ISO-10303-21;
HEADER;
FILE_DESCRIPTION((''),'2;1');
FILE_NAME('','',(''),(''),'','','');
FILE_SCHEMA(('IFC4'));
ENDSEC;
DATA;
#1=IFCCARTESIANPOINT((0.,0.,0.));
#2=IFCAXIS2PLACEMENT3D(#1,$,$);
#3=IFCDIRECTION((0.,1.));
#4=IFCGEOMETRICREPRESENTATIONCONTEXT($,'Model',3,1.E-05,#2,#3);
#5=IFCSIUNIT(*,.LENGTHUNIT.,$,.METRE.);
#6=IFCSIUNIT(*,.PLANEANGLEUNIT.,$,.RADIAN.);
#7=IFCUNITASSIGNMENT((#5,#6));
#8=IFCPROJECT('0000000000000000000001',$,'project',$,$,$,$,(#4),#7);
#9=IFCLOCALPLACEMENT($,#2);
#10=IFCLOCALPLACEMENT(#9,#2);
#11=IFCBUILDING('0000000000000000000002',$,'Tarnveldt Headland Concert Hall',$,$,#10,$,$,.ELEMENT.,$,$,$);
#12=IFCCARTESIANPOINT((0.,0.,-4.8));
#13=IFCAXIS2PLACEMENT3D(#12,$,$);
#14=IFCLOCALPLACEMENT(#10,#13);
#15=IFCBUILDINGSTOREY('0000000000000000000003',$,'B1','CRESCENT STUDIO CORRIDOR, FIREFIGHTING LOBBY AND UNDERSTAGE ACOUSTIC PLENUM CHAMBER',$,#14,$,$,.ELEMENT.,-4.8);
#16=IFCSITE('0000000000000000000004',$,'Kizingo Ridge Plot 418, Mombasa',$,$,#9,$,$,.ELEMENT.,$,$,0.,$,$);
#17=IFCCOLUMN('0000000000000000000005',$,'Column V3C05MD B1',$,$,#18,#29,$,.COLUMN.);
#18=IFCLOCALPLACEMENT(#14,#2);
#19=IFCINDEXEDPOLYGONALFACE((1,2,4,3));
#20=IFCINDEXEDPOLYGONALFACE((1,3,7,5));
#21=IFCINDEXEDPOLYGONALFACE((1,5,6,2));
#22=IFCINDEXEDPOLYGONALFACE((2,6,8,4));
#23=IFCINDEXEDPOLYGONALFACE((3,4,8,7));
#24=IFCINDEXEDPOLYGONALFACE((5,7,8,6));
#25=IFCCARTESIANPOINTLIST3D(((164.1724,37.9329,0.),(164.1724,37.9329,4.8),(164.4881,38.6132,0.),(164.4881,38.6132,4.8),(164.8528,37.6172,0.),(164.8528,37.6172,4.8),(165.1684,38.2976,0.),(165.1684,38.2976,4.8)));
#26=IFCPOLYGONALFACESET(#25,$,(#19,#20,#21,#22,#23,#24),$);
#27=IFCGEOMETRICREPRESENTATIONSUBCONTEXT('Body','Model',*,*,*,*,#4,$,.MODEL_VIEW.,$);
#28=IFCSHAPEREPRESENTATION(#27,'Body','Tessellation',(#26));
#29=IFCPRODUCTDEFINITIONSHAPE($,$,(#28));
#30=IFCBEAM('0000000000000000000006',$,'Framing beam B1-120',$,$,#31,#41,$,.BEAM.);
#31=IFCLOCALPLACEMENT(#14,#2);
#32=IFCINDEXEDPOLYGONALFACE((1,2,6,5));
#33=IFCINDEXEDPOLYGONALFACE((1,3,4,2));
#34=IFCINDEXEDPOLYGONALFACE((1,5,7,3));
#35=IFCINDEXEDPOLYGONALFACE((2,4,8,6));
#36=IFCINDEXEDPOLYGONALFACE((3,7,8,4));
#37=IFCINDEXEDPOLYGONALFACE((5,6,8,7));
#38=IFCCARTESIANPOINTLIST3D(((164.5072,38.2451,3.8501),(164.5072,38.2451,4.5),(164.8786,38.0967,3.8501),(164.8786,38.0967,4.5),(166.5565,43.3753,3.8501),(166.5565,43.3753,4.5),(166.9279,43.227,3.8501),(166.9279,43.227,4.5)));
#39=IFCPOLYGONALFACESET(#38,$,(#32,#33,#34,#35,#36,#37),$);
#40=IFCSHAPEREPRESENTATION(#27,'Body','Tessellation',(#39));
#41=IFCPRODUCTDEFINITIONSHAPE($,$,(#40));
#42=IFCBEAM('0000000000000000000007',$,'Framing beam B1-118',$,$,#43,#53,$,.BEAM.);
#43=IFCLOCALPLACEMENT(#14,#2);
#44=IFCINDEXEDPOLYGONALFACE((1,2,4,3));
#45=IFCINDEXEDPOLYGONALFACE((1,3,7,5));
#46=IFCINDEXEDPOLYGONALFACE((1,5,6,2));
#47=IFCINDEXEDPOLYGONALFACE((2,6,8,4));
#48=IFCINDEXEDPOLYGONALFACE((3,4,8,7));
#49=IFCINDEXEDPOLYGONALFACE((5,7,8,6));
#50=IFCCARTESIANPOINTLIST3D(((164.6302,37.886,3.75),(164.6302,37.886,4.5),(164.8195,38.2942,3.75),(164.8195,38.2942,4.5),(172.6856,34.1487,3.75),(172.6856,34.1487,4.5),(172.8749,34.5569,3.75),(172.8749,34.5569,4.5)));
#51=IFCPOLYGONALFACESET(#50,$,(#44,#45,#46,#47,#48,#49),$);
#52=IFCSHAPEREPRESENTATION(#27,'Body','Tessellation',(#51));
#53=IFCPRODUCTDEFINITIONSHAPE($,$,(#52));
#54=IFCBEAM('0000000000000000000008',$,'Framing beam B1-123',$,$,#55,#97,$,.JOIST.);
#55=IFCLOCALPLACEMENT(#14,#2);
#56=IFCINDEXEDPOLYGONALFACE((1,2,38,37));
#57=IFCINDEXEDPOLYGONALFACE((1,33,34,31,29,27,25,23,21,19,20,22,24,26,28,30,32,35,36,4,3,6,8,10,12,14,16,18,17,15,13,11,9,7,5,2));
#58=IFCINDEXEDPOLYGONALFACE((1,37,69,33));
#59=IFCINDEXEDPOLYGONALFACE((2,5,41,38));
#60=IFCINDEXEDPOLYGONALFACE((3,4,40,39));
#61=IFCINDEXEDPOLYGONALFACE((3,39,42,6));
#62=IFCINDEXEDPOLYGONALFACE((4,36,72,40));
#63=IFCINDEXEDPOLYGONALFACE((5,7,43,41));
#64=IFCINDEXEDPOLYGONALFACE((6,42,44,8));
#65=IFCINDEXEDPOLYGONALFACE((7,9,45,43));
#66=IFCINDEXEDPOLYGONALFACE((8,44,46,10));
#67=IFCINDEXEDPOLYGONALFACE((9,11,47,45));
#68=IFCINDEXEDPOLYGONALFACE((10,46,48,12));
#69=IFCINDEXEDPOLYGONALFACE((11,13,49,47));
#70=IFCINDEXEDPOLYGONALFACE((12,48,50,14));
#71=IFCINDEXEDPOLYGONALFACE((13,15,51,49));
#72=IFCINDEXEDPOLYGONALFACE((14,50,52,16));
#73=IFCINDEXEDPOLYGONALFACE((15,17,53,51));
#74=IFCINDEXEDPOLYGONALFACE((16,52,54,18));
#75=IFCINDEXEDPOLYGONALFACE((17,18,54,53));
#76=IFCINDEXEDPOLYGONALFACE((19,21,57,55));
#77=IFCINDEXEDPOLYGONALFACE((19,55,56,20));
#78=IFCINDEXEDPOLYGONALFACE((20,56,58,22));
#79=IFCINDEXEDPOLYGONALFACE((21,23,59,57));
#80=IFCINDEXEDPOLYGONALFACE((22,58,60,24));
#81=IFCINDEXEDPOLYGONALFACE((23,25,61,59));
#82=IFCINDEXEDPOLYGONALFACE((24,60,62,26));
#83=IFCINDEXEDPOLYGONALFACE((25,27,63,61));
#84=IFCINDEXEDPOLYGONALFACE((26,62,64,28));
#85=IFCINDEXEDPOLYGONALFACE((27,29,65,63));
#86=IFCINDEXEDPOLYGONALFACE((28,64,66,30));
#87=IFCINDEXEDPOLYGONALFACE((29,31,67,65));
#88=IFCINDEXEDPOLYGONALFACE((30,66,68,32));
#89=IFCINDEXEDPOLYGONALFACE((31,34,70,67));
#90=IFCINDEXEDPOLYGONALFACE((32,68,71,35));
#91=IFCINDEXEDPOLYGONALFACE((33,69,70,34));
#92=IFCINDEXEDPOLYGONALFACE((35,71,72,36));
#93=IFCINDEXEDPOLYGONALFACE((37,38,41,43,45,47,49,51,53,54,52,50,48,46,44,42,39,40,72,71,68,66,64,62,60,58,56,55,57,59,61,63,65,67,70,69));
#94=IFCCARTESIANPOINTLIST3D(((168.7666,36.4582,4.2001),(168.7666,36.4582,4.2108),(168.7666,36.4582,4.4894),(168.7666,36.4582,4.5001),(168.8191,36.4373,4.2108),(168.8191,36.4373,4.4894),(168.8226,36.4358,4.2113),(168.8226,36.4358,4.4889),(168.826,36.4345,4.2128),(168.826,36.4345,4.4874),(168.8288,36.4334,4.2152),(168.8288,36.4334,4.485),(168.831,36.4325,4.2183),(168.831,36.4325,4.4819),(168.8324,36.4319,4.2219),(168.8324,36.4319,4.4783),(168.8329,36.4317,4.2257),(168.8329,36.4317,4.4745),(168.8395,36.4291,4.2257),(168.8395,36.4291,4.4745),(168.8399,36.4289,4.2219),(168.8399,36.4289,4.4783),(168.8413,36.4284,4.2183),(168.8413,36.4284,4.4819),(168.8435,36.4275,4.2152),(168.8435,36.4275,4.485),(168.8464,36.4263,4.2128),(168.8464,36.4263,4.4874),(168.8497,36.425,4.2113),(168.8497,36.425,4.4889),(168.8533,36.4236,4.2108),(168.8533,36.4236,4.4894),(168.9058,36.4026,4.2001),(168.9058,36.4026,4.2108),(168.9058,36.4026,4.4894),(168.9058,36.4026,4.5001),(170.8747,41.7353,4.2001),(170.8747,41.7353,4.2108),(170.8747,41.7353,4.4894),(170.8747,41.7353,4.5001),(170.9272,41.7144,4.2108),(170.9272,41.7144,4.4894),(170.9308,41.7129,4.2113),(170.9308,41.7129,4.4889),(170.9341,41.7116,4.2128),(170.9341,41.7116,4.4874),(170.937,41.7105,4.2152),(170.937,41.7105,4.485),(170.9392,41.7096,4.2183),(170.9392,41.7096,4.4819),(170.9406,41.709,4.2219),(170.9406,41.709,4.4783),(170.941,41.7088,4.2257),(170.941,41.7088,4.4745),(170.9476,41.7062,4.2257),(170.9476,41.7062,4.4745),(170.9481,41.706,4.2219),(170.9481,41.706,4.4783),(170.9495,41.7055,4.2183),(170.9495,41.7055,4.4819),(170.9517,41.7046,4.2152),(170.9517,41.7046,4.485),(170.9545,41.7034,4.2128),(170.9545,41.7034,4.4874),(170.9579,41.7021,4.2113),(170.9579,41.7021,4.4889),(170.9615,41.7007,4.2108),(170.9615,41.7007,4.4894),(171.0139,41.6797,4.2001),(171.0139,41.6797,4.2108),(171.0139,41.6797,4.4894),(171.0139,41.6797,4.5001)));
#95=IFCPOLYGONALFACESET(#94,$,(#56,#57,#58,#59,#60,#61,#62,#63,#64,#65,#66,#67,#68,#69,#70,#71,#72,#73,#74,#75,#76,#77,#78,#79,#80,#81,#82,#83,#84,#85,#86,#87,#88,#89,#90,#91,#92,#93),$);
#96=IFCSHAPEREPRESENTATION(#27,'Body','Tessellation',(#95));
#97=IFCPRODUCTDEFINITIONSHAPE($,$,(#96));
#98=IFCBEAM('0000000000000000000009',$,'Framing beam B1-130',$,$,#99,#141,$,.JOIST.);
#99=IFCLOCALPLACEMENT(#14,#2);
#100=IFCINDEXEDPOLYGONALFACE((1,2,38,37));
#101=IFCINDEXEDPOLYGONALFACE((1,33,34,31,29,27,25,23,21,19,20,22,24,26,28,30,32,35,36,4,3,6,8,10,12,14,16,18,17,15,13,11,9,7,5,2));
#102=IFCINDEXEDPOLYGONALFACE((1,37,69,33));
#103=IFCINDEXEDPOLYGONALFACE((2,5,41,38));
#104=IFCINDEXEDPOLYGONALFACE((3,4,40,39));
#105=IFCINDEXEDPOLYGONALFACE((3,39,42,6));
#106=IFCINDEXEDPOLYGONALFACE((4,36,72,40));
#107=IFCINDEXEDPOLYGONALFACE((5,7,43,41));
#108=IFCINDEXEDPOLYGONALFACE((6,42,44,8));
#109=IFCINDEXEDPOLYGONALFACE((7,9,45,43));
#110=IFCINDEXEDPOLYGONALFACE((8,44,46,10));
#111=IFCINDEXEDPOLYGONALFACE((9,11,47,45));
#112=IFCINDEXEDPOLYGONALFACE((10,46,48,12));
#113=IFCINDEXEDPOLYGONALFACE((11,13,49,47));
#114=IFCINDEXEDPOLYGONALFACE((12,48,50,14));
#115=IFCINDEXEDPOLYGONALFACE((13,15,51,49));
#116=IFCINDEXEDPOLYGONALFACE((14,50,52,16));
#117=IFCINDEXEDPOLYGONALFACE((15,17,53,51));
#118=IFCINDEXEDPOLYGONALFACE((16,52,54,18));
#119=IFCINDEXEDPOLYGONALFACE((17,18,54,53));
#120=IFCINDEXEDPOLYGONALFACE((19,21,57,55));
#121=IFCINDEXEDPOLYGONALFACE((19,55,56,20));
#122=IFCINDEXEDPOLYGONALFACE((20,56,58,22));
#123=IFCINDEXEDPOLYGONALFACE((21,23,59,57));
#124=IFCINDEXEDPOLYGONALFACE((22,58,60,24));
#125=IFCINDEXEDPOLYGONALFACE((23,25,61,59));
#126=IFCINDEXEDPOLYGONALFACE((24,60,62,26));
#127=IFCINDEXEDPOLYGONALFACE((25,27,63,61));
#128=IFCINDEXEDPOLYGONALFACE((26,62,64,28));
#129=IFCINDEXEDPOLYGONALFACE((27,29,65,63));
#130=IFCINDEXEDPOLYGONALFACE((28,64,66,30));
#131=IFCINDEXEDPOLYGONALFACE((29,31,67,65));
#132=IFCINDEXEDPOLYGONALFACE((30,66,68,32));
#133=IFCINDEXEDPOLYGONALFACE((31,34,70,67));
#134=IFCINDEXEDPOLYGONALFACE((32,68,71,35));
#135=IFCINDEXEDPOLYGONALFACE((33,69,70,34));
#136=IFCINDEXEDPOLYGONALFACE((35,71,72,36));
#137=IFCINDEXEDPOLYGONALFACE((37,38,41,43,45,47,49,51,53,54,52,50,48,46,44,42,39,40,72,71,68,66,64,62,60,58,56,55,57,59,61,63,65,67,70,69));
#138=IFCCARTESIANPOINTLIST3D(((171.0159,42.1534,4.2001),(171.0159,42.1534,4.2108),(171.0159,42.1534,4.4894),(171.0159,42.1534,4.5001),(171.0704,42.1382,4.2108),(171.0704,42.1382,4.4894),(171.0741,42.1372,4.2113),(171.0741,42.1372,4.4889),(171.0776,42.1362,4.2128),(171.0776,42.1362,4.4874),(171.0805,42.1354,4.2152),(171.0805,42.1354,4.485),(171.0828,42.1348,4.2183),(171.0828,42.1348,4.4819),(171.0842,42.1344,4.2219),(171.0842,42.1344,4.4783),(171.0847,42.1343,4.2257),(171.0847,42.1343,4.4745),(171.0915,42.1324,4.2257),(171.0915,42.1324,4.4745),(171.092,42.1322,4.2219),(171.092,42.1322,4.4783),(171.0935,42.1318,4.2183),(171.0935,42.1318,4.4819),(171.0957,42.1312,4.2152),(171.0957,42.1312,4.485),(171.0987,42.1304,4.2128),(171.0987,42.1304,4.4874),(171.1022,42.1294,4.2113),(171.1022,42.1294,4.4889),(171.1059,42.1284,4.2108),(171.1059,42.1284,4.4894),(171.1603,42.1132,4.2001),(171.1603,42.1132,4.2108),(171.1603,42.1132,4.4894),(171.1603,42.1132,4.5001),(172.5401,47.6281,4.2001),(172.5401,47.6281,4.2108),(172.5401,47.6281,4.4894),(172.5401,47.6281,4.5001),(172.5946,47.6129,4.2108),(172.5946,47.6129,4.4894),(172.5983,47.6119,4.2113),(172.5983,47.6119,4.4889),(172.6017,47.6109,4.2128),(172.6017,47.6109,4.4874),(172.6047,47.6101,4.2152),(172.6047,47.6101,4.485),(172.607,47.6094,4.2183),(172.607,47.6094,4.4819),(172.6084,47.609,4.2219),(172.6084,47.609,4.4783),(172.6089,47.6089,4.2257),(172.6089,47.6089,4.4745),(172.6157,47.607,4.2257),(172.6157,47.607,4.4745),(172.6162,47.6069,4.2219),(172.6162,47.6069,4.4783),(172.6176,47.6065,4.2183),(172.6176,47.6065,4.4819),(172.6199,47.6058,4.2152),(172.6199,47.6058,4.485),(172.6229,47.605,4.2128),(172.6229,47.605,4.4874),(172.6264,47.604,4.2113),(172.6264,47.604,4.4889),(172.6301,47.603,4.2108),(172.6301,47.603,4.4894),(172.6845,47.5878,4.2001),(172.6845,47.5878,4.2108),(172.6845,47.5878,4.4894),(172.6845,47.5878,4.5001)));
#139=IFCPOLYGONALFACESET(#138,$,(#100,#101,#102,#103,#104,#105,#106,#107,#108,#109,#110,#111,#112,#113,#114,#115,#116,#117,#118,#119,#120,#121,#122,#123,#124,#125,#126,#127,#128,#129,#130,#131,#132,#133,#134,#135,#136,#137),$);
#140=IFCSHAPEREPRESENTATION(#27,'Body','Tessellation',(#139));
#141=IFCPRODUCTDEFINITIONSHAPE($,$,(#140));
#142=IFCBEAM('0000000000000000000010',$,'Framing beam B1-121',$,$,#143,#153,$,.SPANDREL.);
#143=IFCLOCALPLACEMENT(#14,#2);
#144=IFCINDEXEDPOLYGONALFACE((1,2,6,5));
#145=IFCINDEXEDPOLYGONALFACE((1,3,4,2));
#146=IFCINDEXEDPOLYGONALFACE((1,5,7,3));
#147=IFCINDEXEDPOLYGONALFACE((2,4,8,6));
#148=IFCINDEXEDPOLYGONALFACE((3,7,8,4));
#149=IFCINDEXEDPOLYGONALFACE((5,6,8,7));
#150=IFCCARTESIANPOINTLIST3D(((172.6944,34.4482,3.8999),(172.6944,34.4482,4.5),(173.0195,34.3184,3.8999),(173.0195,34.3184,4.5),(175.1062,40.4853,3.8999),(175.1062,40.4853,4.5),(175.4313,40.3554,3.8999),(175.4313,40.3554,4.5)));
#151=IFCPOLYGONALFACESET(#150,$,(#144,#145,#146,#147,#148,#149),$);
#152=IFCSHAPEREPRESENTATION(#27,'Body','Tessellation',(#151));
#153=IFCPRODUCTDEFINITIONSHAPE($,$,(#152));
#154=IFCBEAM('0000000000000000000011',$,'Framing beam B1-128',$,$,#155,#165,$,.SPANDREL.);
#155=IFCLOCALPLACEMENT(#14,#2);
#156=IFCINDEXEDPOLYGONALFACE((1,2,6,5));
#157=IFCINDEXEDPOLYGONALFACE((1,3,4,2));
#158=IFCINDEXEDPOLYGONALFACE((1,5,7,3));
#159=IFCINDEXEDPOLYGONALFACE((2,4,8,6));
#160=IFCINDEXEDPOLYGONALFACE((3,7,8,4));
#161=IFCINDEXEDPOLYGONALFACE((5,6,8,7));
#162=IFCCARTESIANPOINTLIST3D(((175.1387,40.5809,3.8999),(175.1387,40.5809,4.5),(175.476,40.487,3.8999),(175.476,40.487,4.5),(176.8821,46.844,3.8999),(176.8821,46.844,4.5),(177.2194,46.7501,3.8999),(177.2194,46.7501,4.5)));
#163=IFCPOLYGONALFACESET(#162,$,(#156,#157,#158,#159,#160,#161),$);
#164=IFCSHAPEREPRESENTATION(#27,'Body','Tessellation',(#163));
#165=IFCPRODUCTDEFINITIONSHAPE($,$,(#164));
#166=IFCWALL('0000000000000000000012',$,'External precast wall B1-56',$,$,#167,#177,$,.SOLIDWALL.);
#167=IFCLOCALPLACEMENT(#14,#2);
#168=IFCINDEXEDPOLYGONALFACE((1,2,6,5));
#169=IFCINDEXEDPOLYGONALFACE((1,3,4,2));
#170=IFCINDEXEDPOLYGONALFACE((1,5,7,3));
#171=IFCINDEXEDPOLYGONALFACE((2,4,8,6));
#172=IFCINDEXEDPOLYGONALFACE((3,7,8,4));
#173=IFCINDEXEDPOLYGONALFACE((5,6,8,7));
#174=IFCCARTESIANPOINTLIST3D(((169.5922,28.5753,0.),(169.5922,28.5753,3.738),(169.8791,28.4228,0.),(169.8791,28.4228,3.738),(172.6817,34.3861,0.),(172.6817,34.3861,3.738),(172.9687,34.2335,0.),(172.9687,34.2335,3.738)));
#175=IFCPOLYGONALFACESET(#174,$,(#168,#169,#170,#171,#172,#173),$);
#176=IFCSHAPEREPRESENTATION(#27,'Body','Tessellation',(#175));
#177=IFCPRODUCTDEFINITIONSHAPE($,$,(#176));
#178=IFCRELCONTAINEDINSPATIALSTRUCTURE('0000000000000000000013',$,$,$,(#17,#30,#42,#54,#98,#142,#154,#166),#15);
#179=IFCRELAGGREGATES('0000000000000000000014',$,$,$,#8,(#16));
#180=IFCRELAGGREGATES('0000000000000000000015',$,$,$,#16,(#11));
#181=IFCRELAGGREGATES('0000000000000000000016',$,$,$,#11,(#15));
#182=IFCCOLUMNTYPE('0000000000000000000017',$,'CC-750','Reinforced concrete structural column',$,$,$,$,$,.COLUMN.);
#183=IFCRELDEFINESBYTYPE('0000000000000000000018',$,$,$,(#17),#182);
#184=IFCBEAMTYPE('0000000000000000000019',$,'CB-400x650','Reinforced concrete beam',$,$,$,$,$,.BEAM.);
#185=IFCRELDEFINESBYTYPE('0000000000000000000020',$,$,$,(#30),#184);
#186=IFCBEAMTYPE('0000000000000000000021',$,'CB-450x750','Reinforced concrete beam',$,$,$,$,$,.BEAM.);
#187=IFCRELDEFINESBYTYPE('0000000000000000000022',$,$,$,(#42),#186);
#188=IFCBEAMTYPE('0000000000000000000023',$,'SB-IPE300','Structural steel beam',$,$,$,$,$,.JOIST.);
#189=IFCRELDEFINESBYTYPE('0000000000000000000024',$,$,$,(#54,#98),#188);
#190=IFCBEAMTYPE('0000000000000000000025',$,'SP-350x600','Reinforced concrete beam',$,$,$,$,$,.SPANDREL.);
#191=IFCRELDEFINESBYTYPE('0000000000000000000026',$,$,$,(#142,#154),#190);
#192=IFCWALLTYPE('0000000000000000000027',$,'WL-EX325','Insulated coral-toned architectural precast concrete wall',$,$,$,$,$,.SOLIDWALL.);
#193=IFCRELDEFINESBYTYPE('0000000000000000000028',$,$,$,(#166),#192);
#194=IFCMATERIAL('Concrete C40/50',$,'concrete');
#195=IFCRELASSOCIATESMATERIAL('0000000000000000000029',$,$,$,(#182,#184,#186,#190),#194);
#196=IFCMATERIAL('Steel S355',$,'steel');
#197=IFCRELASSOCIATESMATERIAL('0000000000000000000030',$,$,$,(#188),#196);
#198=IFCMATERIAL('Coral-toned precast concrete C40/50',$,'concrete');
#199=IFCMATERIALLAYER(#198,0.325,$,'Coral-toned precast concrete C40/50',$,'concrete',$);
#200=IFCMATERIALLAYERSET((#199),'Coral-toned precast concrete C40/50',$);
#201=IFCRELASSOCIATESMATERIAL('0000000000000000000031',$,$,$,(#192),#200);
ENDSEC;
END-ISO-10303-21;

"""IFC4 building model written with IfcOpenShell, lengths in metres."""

from ifc_helpers import new_model, si_unit, direction, frame, frame_2d, origin, origin_2d, place, context, subcontext, project, spatial, rectangle, i_section, extrude, material, layer, layer_set, material_profile, profile_set, type_object, element, save


model = new_model("IFC4")

# Units and contexts
model_context = context("Model", 3, precision=1e-05, world=origin(), true_north=direction((0.0, 1.0)))
body_context = subcontext(model_context, "Body", "Model", "MODEL_VIEW")
ifc_project = project(units=[si_unit("LENGTHUNIT", "METRE"), si_unit("PLANEANGLEUNIT", "RADIAN")], contexts=[model_context])

# Site, building, storey
site_placement = place(None, origin())
site = spatial("IfcSite", under=ifc_project, at=site_placement, Name="Kizingo Ridge Plot 418, Mombasa", CompositionType="ELEMENT", RefElevation=0.0)
building_placement = place(site_placement, origin())
building = spatial("IfcBuilding", under=site, at=building_placement, Name="Tarnveldt Headland Concert Hall", CompositionType="ELEMENT")
storey_placement = place(building_placement, frame((0.0, 0.0, -4.8)))
storey = spatial("IfcBuildingStorey", under=building, at=storey_placement, Name="B1", Description="CRESCENT STUDIO CORRIDOR, FIREFIGHTING LOBBY AND UNDERSTAGE ACOUSTIC PLENUM CHAMBER", CompositionType="ELEMENT", Elevation=-4.8)

# Shared definitions
ifc_material_1 = material(Name="Concrete C40/50", Category="concrete")

# Column
ifc_material_profile_1 = material_profile(ifc_material_1, rectangle(XDim=0.75, YDim=0.75, at=origin_2d()), Name="RC 750x750", Category="concrete")
ifc_profile_set_1 = profile_set([ifc_material_profile_1], Name="Concrete C40/50")
column_type_1 = type_object("IfcColumnType", Name="CC-750", Description="Reinforced concrete structural column", PredefinedType="COLUMN", material=ifc_profile_set_1)
column_placement = place(storey_placement, frame((164.6704, 38.1152, 0.0), z_axis=(0.0, 0.0, 1.0), x_axis=(0.907117, -0.420877, 0.0)))
element("IfcColumn", 1, at=column_placement, inside=storey, type_object=column_type_1, Name="Column V3C05MD B1", PredefinedType="COLUMN", context=body_context, shape_type="SweptSolid", body=[
    extrude(rectangle(XDim=0.75, YDim=0.75, at=origin_2d()), origin(), (0.0, 0.0, 1.0), 4.8),
])

# Beams
ifc_material_profile_2 = material_profile(ifc_material_1, rectangle(XDim=0.3999, YDim=0.6499, at=origin_2d()), Name="RC 400x650", Category="concrete")
ifc_profile_set_2 = profile_set([ifc_material_profile_2], Name="Concrete C40/50")
beam_type_1 = type_object("IfcBeamType", Name="CB-400x650", Description="Reinforced concrete beam", PredefinedType="BEAM", material=ifc_profile_set_2)
beam_1_placement = place(storey_placement, frame((164.6929, 38.1709, 4.175), z_axis=(0.370964, 0.928647, 0.0), x_axis=(-0.928647, 0.370964, 0.0)))
element("IfcBeam", 2, at=beam_1_placement, inside=storey, type_object=beam_type_1, Name="Framing beam B1-120", PredefinedType="BEAM", context=body_context, shape_type="SweptSolid", body=[
    extrude(rectangle(XDim=0.3999, YDim=0.6499, at=origin_2d()), origin(), (0.0, 0.0, 1.0), 5.5244),
])
ifc_material_profile_3 = material_profile(ifc_material_1, rectangle(XDim=0.45, YDim=0.75, at=origin_2d()), Name="RC 450x750", Category="concrete")
ifc_profile_set_3 = profile_set([ifc_material_profile_3], Name="Concrete C40/50")
beam_type_2 = type_object("IfcBeamType", Name="CB-450x750", Description="Reinforced concrete beam", PredefinedType="BEAM", material=ifc_profile_set_3)
beam_2_placement = place(storey_placement, frame((164.7249, 38.0901, 4.125), z_axis=(0.907126, -0.42086, 0.0), x_axis=(0.42086, 0.907126, 0.0)))
element("IfcBeam", 3, at=beam_2_placement, inside=storey, type_object=beam_type_2, Name="Framing beam B1-118", PredefinedType="BEAM", context=body_context, shape_type="SweptSolid", body=[
    extrude(rectangle(XDim=0.45, YDim=0.75, at=origin_2d()), origin(), (0.0, 0.0, 1.0), 8.8801),
])
ifc_material_2 = material(Name="Steel S355", Category="steel")
ifc_material_profile_4 = material_profile(ifc_material_2, i_section(OverallWidth=0.1499, OverallDepth=0.3, WebThickness=0.0071, FlangeThickness=0.0107, FilletRadius=0.0149, at=origin_2d()), Name="IPE300", Category="steel")
ifc_profile_set_4 = profile_set([ifc_material_profile_4], Name="Steel S355")
beam_type_3 = type_object("IfcBeamType", Name="SB-IPE300", Description="Structural steel beam", PredefinedType="JOIST", material=ifc_profile_set_4)
beam_3_placement = place(storey_placement, frame((168.8362, 36.4304, 4.3501), z_axis=(0.370983, 0.92864, 0.0), x_axis=(-0.92864, 0.370983, 0.0)))
element("IfcBeam", 4, at=beam_3_placement, inside=storey, type_object=beam_type_3, Name="Framing beam B1-123", PredefinedType="JOIST", context=body_context, shape_type="SweptSolid", body=[
    extrude(i_section(OverallWidth=0.1499, OverallDepth=0.3, WebThickness=0.0071, FlangeThickness=0.0107, FilletRadius=0.0149, at=origin_2d()), origin(), (0.0, 0.0, 1.0), 5.6826),
])
beam_4_placement = place(storey_placement, frame((171.0881, 42.1333, 4.3501), z_axis=(0.268207, 0.963361, 0.0), x_axis=(-0.963361, 0.268207, 0.0)))
element("IfcBeam", 5, at=beam_4_placement, inside=storey, type_object=beam_type_3, Name="Framing beam B1-130", PredefinedType="JOIST", context=body_context, shape_type="SweptSolid", body=[
    extrude(i_section(OverallWidth=0.1499, OverallDepth=0.3, WebThickness=0.0071, FlangeThickness=0.0107, FilletRadius=0.0149, at=origin_2d()), origin(), (0.0, 0.0, 1.0), 5.6829),
])
ifc_material_profile_5 = material_profile(ifc_material_1, rectangle(XDim=0.3501, YDim=0.6001, at=origin_2d()), Name="RC SPANDREL 350x600", Category="concrete")
ifc_profile_set_5 = profile_set([ifc_material_profile_5], Name="Concrete C40/50")
beam_type_4 = type_object("IfcBeamType", Name="SP-350x600", Description="Reinforced concrete beam", PredefinedType="SPANDREL", material=ifc_profile_set_5)
beam_5_placement = place(storey_placement, frame((172.8569, 34.3833, 4.2), z_axis=(0.370996, 0.928635, 0.0), x_axis=(-0.928635, 0.370996, 0.0)))
element("IfcBeam", 6, at=beam_5_placement, inside=storey, type_object=beam_type_4, Name="Framing beam B1-121", PredefinedType="SPANDREL", context=body_context, shape_type="SweptSolid", body=[
    extrude(rectangle(XDim=0.3501, YDim=0.6001, at=origin_2d()), origin(), (0.0, 0.0, 1.0), 6.501),
])
beam_6_placement = place(storey_placement, frame((175.3074, 40.5339, 4.2), z_axis=(0.268163, 0.963374, 0.0), x_axis=(-0.963374, 0.268163, 0.0)))
element("IfcBeam", 7, at=beam_6_placement, inside=storey, type_object=beam_type_4, Name="Framing beam B1-128", PredefinedType="SPANDREL", context=body_context, shape_type="SweptSolid", body=[
    extrude(rectangle(XDim=0.3501, YDim=0.6001, at=origin_2d()), origin(), (0.0, 0.0, 1.0), 6.5012),
])

# Wall
ifc_material_3 = material(Name="Coral-toned precast concrete C40/50", Category="concrete")
ifc_layer_1 = layer(ifc_material_3, 0.325, Name="Coral-toned precast concrete C40/50", Category="concrete")
ifc_layer_set_1 = layer_set([ifc_layer_1], Name="Coral-toned precast concrete C40/50")
wall_type_1 = type_object("IfcWallType", Name="WL-EX325", Description="Insulated coral-toned architectural precast concrete wall", PredefinedType="SOLIDWALL", material=ifc_layer_set_1)
for number, where, z_axis, x_axis, name in (
    (8, (172.8252, 34.3098, 0.0), (0.0, 0.0, 1.0), (-0.469465, -0.882951, 0.0), "External precast wall B1-56"),
):
    element("IfcWall", number, at=place(storey_placement, frame(where, z_axis=z_axis, x_axis=x_axis)), inside=storey, type_object=wall_type_1, Name=name, PredefinedType="SOLIDWALL", context=body_context, shape_type="SweptSolid", body=[
        extrude(rectangle(XDim=6.5811, YDim=0.325, at=frame_2d((3.2905, 0.0))), origin(), (0.0, 0.0, 1.0), 3.738),
    ])

save(model, "model.ifc")
